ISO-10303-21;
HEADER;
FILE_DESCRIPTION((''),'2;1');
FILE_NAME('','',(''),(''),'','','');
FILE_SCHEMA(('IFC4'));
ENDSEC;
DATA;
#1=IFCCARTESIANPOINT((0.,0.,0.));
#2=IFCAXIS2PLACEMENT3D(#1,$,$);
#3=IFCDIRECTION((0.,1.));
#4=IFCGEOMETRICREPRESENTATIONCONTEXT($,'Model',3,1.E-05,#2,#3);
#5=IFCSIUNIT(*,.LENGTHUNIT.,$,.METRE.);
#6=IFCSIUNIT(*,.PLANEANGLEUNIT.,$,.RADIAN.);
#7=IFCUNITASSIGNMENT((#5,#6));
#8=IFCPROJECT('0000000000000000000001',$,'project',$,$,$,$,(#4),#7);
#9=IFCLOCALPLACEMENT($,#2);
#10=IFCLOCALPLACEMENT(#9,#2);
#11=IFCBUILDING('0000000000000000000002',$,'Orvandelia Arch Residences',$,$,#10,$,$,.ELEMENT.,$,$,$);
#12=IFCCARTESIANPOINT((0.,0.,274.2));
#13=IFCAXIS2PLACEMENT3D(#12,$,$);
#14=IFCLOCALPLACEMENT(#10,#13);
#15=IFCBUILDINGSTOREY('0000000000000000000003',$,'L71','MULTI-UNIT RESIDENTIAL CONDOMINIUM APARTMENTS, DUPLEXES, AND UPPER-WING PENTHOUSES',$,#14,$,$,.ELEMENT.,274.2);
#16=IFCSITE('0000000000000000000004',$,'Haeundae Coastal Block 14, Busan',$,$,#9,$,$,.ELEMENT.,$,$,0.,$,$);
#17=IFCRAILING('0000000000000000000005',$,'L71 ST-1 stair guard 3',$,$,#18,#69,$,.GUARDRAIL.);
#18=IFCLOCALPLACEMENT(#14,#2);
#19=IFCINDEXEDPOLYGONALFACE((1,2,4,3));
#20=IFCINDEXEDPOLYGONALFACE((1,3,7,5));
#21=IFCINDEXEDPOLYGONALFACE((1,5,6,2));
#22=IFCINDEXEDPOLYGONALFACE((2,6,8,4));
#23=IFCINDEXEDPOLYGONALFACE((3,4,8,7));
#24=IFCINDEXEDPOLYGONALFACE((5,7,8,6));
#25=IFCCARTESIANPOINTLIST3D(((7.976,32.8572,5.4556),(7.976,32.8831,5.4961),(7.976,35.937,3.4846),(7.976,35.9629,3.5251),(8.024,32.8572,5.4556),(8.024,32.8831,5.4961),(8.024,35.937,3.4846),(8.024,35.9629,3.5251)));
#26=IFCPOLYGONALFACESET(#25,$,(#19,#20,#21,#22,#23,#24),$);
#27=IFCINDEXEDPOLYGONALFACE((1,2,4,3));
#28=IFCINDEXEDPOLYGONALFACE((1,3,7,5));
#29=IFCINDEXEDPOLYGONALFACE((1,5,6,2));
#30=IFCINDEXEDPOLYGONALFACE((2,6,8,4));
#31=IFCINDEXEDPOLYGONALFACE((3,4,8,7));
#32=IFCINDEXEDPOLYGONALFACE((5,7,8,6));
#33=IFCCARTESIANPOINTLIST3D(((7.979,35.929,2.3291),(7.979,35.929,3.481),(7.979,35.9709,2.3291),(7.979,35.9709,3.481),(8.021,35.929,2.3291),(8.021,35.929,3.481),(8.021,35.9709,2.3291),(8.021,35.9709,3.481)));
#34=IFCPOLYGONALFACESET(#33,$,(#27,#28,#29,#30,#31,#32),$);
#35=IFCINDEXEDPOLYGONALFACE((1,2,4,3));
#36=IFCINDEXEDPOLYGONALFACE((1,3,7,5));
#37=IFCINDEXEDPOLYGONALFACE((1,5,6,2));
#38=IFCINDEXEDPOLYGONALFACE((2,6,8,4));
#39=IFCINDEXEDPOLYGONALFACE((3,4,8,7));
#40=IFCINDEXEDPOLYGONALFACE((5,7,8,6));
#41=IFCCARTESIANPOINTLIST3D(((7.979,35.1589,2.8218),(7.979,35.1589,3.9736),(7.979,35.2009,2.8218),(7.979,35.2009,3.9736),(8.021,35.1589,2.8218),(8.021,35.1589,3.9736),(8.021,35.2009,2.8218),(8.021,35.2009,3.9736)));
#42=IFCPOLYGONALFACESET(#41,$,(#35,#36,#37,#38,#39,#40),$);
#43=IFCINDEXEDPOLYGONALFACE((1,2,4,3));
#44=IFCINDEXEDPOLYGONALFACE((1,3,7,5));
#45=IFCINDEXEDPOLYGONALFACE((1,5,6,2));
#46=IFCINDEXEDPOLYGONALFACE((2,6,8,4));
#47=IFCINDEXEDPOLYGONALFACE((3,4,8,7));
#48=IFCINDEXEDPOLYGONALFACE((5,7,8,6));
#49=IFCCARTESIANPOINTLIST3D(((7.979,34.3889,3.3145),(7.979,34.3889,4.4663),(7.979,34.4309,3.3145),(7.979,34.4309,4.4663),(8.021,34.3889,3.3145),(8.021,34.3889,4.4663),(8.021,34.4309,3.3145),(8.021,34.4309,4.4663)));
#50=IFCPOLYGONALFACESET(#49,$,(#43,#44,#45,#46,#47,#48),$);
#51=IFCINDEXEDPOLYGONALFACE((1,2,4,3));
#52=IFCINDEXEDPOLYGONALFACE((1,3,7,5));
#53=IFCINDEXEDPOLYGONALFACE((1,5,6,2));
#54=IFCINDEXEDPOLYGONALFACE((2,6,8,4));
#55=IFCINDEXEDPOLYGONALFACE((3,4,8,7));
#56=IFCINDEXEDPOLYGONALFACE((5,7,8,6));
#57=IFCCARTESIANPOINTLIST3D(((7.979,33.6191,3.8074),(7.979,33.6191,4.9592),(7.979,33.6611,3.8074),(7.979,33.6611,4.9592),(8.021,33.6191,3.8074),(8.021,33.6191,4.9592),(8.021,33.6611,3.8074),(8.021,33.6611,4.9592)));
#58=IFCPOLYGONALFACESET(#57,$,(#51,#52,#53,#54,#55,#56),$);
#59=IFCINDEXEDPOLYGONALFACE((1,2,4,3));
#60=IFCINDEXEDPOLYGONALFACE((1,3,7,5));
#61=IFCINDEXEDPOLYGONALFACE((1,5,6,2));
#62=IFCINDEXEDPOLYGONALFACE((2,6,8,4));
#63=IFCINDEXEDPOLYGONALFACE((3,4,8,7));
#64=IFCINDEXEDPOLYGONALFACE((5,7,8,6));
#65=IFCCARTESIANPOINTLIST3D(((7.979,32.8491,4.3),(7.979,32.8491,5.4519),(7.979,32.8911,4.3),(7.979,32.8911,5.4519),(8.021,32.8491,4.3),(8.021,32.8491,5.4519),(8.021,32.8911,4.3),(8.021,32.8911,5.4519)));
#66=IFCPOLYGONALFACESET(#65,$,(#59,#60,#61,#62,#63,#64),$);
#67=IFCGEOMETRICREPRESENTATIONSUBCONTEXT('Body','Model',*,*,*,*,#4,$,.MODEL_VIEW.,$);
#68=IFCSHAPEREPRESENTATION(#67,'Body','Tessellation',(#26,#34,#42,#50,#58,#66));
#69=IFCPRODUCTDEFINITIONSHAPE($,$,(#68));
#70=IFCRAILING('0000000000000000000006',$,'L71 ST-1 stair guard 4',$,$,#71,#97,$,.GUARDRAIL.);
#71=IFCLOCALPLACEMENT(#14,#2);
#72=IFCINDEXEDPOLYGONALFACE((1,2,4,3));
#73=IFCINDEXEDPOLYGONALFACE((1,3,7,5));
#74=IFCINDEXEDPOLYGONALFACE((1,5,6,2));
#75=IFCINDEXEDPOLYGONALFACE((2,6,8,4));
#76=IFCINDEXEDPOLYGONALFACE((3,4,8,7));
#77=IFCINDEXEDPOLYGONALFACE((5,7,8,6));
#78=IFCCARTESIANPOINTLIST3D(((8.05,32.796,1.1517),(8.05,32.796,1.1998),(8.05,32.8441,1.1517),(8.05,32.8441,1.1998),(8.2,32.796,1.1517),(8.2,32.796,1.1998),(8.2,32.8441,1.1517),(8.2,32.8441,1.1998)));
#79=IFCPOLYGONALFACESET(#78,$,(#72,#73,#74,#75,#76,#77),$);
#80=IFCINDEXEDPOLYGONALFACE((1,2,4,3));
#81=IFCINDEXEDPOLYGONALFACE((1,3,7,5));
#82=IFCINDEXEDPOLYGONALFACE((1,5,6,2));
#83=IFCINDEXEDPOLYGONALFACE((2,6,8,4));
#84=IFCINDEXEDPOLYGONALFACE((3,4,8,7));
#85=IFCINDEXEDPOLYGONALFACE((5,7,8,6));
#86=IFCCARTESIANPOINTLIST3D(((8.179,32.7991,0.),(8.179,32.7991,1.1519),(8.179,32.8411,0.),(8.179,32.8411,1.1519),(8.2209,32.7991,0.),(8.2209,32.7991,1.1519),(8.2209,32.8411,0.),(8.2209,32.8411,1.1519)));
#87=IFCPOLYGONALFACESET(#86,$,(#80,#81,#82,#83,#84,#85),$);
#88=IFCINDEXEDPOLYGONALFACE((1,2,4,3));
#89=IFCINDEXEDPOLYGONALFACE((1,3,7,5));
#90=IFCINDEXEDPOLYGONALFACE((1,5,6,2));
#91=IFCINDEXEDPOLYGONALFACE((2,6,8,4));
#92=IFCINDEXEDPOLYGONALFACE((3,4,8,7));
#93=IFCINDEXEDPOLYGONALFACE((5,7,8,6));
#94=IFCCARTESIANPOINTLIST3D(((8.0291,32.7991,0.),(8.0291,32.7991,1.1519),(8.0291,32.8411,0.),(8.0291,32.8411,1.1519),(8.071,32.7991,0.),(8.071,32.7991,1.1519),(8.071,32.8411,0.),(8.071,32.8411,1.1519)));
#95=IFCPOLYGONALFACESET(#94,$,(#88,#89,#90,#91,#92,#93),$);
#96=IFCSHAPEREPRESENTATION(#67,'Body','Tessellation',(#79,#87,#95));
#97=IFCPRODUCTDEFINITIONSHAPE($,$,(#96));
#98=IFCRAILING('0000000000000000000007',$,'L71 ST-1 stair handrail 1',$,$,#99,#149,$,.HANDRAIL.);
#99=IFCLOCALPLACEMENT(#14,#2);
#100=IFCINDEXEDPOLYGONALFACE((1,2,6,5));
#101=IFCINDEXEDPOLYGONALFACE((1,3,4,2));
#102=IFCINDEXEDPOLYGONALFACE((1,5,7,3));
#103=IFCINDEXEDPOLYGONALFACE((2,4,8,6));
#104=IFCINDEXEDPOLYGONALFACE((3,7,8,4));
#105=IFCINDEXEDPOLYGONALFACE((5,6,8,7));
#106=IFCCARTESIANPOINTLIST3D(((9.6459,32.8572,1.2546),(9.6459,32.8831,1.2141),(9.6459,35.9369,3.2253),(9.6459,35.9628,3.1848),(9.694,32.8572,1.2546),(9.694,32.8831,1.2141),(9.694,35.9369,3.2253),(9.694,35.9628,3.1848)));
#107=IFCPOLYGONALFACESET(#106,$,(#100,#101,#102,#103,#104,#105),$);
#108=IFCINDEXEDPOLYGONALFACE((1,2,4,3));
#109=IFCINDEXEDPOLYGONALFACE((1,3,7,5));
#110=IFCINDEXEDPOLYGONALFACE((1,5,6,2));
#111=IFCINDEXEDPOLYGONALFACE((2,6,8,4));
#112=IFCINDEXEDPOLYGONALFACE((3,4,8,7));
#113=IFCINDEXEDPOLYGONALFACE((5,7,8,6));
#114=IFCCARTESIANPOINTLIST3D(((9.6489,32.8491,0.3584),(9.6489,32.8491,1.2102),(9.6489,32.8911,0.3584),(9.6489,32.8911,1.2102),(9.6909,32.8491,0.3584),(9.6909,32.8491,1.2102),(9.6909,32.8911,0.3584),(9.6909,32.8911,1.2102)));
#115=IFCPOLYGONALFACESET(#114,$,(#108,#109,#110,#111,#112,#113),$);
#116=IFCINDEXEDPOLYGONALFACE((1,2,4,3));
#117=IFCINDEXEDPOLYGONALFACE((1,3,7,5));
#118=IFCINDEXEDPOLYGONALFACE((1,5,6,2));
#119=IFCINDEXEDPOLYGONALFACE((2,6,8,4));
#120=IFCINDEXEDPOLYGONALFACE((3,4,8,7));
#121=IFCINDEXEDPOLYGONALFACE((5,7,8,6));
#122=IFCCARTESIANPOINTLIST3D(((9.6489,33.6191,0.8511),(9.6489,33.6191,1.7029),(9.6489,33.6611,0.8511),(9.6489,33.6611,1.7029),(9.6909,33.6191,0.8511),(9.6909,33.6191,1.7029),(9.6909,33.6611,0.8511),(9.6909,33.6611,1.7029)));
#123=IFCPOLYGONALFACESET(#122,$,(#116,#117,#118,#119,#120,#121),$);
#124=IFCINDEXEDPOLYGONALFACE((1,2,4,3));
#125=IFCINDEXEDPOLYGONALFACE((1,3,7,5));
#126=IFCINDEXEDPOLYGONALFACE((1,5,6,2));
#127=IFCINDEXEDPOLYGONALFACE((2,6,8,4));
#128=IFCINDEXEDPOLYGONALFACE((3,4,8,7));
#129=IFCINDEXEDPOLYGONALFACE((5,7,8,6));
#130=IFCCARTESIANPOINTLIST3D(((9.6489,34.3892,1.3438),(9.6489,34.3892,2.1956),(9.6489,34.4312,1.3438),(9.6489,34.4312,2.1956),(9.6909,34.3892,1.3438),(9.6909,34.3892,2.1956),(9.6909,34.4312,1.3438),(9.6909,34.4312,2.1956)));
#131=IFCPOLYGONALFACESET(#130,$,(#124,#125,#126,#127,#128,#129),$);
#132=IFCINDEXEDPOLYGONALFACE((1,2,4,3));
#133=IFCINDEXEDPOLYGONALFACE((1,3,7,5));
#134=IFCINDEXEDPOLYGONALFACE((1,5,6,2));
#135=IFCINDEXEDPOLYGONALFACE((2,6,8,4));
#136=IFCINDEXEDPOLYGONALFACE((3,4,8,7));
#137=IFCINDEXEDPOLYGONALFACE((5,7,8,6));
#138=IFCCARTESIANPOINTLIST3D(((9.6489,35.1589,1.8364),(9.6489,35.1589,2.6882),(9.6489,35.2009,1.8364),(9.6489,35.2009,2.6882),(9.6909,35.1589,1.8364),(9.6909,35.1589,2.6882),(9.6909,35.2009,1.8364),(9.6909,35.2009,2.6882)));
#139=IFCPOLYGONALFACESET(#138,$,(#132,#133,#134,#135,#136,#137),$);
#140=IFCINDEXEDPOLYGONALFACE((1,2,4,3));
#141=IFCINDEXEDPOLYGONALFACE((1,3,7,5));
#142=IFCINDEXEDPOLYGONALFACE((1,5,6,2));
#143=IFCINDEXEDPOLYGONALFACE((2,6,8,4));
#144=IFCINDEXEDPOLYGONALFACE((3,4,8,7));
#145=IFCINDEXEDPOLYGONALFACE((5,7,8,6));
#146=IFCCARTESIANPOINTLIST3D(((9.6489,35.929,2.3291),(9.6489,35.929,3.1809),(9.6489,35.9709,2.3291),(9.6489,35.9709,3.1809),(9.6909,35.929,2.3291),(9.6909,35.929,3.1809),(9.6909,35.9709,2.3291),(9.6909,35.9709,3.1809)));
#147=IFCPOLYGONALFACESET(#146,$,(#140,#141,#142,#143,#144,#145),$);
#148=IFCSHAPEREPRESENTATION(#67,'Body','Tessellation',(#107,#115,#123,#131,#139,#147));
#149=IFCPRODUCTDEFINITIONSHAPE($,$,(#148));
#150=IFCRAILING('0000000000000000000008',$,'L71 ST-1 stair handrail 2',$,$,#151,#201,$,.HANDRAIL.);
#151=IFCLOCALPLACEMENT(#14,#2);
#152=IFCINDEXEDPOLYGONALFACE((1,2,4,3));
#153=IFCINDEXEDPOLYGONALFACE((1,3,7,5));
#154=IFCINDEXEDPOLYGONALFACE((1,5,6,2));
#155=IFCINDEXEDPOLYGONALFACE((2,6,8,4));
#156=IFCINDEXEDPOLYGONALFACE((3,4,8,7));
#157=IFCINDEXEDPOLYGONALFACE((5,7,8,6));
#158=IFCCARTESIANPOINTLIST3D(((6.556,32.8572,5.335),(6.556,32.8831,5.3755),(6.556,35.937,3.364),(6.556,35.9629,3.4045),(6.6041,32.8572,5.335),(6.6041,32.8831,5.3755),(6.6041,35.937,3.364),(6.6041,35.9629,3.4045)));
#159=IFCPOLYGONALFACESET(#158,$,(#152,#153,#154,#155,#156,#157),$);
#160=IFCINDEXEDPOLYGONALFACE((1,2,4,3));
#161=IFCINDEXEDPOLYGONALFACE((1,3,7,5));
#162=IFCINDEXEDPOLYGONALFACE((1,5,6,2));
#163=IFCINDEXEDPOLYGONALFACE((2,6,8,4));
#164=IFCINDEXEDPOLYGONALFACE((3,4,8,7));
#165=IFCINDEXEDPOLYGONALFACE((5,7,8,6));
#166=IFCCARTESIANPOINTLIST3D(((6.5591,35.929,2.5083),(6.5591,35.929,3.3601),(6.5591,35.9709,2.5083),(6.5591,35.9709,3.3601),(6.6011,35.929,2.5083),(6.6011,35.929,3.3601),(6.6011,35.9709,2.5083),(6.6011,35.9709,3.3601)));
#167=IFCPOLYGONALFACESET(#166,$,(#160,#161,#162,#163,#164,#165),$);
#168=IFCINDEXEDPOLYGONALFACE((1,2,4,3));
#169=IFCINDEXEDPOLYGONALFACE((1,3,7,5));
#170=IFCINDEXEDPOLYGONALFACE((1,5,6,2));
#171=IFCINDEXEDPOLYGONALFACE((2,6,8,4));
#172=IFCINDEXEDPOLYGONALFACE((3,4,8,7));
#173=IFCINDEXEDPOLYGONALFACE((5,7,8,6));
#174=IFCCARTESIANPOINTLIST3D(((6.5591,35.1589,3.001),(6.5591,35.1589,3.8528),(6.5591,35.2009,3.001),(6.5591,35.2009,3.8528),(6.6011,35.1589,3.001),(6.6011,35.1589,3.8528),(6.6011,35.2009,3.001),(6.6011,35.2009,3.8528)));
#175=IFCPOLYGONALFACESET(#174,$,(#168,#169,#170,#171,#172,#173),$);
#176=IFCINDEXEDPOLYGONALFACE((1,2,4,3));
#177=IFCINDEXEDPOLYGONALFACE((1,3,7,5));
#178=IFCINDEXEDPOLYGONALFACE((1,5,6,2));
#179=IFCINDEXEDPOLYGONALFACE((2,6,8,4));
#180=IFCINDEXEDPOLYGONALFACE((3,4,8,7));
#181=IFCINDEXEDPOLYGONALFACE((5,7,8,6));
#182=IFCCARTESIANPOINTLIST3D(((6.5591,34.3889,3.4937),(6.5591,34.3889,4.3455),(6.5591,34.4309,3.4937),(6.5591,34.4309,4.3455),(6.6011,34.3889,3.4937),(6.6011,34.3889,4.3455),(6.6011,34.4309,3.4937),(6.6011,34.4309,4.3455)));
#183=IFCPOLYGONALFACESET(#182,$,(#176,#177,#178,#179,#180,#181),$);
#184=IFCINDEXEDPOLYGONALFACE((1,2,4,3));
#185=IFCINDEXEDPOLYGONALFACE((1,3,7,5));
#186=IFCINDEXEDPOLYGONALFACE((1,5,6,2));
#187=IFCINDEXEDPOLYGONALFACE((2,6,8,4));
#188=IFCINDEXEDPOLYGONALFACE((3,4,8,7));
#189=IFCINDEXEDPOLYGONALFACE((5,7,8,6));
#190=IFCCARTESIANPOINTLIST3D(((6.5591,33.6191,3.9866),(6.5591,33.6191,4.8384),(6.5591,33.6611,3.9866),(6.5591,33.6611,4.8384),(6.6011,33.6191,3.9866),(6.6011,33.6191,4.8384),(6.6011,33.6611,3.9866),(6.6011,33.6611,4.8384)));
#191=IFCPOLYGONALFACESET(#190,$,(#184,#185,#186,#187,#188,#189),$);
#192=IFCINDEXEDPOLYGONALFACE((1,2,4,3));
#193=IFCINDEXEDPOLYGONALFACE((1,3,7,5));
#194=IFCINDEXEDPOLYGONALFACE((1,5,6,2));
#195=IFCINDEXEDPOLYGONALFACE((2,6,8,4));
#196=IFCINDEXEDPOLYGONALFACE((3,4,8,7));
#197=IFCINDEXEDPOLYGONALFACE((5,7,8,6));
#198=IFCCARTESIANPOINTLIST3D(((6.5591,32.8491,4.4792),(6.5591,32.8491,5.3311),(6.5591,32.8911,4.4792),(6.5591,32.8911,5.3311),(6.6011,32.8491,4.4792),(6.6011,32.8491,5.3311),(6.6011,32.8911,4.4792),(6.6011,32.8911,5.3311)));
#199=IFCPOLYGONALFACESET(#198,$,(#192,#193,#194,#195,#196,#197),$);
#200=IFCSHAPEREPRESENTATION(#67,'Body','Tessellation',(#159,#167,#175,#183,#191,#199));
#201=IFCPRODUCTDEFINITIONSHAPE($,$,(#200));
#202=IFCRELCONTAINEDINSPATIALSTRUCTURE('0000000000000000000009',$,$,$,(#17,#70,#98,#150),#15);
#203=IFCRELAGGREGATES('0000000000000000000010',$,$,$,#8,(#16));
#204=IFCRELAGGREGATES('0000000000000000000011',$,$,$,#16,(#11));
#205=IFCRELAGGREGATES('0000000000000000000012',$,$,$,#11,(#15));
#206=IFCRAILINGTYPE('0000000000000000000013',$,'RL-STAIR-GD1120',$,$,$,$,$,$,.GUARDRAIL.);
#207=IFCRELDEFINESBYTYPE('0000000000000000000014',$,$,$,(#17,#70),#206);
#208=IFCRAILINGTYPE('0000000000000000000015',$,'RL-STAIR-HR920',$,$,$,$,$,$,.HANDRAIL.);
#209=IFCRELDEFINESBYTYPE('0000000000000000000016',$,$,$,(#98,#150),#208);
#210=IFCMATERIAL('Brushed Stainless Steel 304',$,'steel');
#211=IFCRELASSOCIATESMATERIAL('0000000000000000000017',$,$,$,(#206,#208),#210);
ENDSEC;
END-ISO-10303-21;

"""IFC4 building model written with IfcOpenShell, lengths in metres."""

from ifc_helpers import new_model, si_unit, direction, frame, origin, origin_2d, place, context, subcontext, project, spatial, rectangle, extrude, material, type_object, element, save


model = new_model("IFC4")

# Units and contexts
model_context = context("Model", 3, precision=1e-05, world=origin(), true_north=direction((0.0, 1.0)))
body_context = subcontext(model_context, "Body", "Model", "MODEL_VIEW")
ifc_project = project(units=[si_unit("LENGTHUNIT", "METRE"), si_unit("PLANEANGLEUNIT", "RADIAN")], contexts=[model_context])

# Site, building, storey
site_placement = place(None, origin())
site = spatial("IfcSite", under=ifc_project, at=site_placement, Name="Haeundae Coastal Block 14, Busan", CompositionType="ELEMENT", RefElevation=0.0)
building_placement = place(site_placement, origin())
building = spatial("IfcBuilding", under=site, at=building_placement, Name="Orvandelia Arch Residences", CompositionType="ELEMENT")
storey_placement = place(building_placement, frame((0.0, 0.0, 274.2)))
storey = spatial("IfcBuildingStorey", under=building, at=storey_placement, Name="L71", Description="MULTI-UNIT RESIDENTIAL CONDOMINIUM APARTMENTS, DUPLEXES, AND UPPER-WING PENTHOUSES", CompositionType="ELEMENT", Elevation=274.2)

# Railings
ifc_material_1 = material(Name="Brushed Stainless Steel 304", Category="steel")
railing_type_1 = type_object("IfcRailingType", Name="RL-STAIR-GD1120", PredefinedType="GUARDRAIL", material=ifc_material_1)
railing_1_placement = place(storey_placement, frame((8.0, 35.95, 2.3291)))
element("IfcRailing", 1, at=railing_1_placement, inside=storey, type_object=railing_type_1, Name="L71 ST-1 stair guard 3", PredefinedType="GUARDRAIL", context=body_context, shape_type="SweptSolid", body=[
    extrude(rectangle(XDim=0.0481, YDim=0.0481, at=origin_2d()), frame((0.0, 0.0, 1.1758), z_axis=(0.0, -0.84229, 0.539025), x_axis=(1.0, 0.0, 0.0)), (0.0, 0.0, 1.0), 3.6565),
    extrude(rectangle(XDim=0.042, YDim=0.042, at=origin_2d()), origin(), (0.0, 0.0, 1.0), 1.1519),
    extrude(rectangle(XDim=0.042, YDim=0.042, at=origin_2d()), frame((0.0, -0.77, 0.4927)), (0.0, 0.0, 1.0), 1.1519),
    extrude(rectangle(XDim=0.042, YDim=0.042, at=origin_2d()), frame((0.0, -1.54, 0.9854)), (0.0, 0.0, 1.0), 1.1519),
    extrude(rectangle(XDim=0.042, YDim=0.042, at=origin_2d()), frame((0.0, -2.3098, 1.4783)), (0.0, 0.0, 1.0), 1.1519),
    extrude(rectangle(XDim=0.042, YDim=0.042, at=origin_2d()), frame((0.0, -3.0798, 1.9709)), (0.0, 0.0, 1.0), 1.1519),
])
railing_2_placement = place(storey_placement, frame((8.2, 32.8201, 0.0)))
element("IfcRailing", 2, at=railing_2_placement, inside=storey, type_object=railing_type_1, Name="L71 ST-1 stair guard 4", PredefinedType="GUARDRAIL", context=body_context, shape_type="SweptSolid", body=[
    extrude(rectangle(XDim=0.0481, YDim=0.0481, at=origin_2d()), frame((0.0, 0.0, 1.1758), z_axis=(-1.0, 0.0, 0.0), x_axis=(0.0, -1.0, 0.0)), (0.0, 0.0, 1.0), 0.1499),
    extrude(rectangle(XDim=0.042, YDim=0.042, at=origin_2d()), origin(), (0.0, 0.0, 1.0), 1.1519),
    extrude(rectangle(XDim=0.042, YDim=0.042, at=origin_2d()), frame((-0.1499, 0.0, 0.0)), (0.0, 0.0, 1.0), 1.1519),
])
railing_type_2 = type_object("IfcRailingType", Name="RL-STAIR-HR920", PredefinedType="HANDRAIL", material=ifc_material_1)
railing_3_placement = place(storey_placement, frame((9.6699, 32.8701, 0.3584)))
element("IfcRailing", 3, at=railing_3_placement, inside=storey, type_object=railing_type_2, Name="L71 ST-1 stair handrail 1", PredefinedType="HANDRAIL", context=body_context, shape_type="SweptSolid", body=[
    extrude(rectangle(XDim=0.0481, YDim=0.0481, at=origin_2d()), frame((0.0, 0.0, 0.876), z_axis=(0.0, 0.84232, 0.538978), x_axis=(-1.0, 0.0, 0.0)), (0.0, 0.0, 1.0), 3.6562),
    extrude(rectangle(XDim=0.042, YDim=0.042, at=origin_2d()), origin(), (0.0, 0.0, 1.0), 0.8518),
    extrude(rectangle(XDim=0.042, YDim=0.042, at=origin_2d()), frame((0.0, 0.77, 0.4927)), (0.0, 0.0, 1.0), 0.8518),
    extrude(rectangle(XDim=0.042, YDim=0.042, at=origin_2d()), frame((0.0, 1.54, 0.9854)), (0.0, 0.0, 1.0), 0.8518),
    extrude(rectangle(XDim=0.042, YDim=0.042, at=origin_2d()), frame((0.0, 2.3098, 1.478)), (0.0, 0.0, 1.0), 0.8518),
    extrude(rectangle(XDim=0.042, YDim=0.042, at=origin_2d()), frame((0.0, 3.0798, 1.9707)), (0.0, 0.0, 1.0), 0.8518),
])
railing_4_placement = place(storey_placement, frame((6.5801, 35.95, 2.5083)))
element("IfcRailing", 4, at=railing_4_placement, inside=storey, type_object=railing_type_2, Name="L71 ST-1 stair handrail 2", PredefinedType="HANDRAIL", context=body_context, shape_type="SweptSolid", body=[
    extrude(rectangle(XDim=0.0481, YDim=0.0481, at=origin_2d()), frame((0.0, 0.0, 0.876), z_axis=(0.0, -0.84229, 0.539025), x_axis=(1.0, 0.0, 0.0)), (0.0, 0.0, 1.0), 3.6565),
    extrude(rectangle(XDim=0.042, YDim=0.042, at=origin_2d()), origin(), (0.0, 0.0, 1.0), 0.8518),
    extrude(rectangle(XDim=0.042, YDim=0.042, at=origin_2d()), frame((0.0, -0.77, 0.4927)), (0.0, 0.0, 1.0), 0.8518),
    extrude(rectangle(XDim=0.042, YDim=0.042, at=origin_2d()), frame((0.0, -1.54, 0.9854)), (0.0, 0.0, 1.0), 0.8518),
    extrude(rectangle(XDim=0.042, YDim=0.042, at=origin_2d()), frame((0.0, -2.3098, 1.4783)), (0.0, 0.0, 1.0), 0.8518),
    extrude(rectangle(XDim=0.042, YDim=0.042, at=origin_2d()), frame((0.0, -3.0798, 1.9709)), (0.0, 0.0, 1.0), 0.8518),
])

save(model, "model.ifc")
